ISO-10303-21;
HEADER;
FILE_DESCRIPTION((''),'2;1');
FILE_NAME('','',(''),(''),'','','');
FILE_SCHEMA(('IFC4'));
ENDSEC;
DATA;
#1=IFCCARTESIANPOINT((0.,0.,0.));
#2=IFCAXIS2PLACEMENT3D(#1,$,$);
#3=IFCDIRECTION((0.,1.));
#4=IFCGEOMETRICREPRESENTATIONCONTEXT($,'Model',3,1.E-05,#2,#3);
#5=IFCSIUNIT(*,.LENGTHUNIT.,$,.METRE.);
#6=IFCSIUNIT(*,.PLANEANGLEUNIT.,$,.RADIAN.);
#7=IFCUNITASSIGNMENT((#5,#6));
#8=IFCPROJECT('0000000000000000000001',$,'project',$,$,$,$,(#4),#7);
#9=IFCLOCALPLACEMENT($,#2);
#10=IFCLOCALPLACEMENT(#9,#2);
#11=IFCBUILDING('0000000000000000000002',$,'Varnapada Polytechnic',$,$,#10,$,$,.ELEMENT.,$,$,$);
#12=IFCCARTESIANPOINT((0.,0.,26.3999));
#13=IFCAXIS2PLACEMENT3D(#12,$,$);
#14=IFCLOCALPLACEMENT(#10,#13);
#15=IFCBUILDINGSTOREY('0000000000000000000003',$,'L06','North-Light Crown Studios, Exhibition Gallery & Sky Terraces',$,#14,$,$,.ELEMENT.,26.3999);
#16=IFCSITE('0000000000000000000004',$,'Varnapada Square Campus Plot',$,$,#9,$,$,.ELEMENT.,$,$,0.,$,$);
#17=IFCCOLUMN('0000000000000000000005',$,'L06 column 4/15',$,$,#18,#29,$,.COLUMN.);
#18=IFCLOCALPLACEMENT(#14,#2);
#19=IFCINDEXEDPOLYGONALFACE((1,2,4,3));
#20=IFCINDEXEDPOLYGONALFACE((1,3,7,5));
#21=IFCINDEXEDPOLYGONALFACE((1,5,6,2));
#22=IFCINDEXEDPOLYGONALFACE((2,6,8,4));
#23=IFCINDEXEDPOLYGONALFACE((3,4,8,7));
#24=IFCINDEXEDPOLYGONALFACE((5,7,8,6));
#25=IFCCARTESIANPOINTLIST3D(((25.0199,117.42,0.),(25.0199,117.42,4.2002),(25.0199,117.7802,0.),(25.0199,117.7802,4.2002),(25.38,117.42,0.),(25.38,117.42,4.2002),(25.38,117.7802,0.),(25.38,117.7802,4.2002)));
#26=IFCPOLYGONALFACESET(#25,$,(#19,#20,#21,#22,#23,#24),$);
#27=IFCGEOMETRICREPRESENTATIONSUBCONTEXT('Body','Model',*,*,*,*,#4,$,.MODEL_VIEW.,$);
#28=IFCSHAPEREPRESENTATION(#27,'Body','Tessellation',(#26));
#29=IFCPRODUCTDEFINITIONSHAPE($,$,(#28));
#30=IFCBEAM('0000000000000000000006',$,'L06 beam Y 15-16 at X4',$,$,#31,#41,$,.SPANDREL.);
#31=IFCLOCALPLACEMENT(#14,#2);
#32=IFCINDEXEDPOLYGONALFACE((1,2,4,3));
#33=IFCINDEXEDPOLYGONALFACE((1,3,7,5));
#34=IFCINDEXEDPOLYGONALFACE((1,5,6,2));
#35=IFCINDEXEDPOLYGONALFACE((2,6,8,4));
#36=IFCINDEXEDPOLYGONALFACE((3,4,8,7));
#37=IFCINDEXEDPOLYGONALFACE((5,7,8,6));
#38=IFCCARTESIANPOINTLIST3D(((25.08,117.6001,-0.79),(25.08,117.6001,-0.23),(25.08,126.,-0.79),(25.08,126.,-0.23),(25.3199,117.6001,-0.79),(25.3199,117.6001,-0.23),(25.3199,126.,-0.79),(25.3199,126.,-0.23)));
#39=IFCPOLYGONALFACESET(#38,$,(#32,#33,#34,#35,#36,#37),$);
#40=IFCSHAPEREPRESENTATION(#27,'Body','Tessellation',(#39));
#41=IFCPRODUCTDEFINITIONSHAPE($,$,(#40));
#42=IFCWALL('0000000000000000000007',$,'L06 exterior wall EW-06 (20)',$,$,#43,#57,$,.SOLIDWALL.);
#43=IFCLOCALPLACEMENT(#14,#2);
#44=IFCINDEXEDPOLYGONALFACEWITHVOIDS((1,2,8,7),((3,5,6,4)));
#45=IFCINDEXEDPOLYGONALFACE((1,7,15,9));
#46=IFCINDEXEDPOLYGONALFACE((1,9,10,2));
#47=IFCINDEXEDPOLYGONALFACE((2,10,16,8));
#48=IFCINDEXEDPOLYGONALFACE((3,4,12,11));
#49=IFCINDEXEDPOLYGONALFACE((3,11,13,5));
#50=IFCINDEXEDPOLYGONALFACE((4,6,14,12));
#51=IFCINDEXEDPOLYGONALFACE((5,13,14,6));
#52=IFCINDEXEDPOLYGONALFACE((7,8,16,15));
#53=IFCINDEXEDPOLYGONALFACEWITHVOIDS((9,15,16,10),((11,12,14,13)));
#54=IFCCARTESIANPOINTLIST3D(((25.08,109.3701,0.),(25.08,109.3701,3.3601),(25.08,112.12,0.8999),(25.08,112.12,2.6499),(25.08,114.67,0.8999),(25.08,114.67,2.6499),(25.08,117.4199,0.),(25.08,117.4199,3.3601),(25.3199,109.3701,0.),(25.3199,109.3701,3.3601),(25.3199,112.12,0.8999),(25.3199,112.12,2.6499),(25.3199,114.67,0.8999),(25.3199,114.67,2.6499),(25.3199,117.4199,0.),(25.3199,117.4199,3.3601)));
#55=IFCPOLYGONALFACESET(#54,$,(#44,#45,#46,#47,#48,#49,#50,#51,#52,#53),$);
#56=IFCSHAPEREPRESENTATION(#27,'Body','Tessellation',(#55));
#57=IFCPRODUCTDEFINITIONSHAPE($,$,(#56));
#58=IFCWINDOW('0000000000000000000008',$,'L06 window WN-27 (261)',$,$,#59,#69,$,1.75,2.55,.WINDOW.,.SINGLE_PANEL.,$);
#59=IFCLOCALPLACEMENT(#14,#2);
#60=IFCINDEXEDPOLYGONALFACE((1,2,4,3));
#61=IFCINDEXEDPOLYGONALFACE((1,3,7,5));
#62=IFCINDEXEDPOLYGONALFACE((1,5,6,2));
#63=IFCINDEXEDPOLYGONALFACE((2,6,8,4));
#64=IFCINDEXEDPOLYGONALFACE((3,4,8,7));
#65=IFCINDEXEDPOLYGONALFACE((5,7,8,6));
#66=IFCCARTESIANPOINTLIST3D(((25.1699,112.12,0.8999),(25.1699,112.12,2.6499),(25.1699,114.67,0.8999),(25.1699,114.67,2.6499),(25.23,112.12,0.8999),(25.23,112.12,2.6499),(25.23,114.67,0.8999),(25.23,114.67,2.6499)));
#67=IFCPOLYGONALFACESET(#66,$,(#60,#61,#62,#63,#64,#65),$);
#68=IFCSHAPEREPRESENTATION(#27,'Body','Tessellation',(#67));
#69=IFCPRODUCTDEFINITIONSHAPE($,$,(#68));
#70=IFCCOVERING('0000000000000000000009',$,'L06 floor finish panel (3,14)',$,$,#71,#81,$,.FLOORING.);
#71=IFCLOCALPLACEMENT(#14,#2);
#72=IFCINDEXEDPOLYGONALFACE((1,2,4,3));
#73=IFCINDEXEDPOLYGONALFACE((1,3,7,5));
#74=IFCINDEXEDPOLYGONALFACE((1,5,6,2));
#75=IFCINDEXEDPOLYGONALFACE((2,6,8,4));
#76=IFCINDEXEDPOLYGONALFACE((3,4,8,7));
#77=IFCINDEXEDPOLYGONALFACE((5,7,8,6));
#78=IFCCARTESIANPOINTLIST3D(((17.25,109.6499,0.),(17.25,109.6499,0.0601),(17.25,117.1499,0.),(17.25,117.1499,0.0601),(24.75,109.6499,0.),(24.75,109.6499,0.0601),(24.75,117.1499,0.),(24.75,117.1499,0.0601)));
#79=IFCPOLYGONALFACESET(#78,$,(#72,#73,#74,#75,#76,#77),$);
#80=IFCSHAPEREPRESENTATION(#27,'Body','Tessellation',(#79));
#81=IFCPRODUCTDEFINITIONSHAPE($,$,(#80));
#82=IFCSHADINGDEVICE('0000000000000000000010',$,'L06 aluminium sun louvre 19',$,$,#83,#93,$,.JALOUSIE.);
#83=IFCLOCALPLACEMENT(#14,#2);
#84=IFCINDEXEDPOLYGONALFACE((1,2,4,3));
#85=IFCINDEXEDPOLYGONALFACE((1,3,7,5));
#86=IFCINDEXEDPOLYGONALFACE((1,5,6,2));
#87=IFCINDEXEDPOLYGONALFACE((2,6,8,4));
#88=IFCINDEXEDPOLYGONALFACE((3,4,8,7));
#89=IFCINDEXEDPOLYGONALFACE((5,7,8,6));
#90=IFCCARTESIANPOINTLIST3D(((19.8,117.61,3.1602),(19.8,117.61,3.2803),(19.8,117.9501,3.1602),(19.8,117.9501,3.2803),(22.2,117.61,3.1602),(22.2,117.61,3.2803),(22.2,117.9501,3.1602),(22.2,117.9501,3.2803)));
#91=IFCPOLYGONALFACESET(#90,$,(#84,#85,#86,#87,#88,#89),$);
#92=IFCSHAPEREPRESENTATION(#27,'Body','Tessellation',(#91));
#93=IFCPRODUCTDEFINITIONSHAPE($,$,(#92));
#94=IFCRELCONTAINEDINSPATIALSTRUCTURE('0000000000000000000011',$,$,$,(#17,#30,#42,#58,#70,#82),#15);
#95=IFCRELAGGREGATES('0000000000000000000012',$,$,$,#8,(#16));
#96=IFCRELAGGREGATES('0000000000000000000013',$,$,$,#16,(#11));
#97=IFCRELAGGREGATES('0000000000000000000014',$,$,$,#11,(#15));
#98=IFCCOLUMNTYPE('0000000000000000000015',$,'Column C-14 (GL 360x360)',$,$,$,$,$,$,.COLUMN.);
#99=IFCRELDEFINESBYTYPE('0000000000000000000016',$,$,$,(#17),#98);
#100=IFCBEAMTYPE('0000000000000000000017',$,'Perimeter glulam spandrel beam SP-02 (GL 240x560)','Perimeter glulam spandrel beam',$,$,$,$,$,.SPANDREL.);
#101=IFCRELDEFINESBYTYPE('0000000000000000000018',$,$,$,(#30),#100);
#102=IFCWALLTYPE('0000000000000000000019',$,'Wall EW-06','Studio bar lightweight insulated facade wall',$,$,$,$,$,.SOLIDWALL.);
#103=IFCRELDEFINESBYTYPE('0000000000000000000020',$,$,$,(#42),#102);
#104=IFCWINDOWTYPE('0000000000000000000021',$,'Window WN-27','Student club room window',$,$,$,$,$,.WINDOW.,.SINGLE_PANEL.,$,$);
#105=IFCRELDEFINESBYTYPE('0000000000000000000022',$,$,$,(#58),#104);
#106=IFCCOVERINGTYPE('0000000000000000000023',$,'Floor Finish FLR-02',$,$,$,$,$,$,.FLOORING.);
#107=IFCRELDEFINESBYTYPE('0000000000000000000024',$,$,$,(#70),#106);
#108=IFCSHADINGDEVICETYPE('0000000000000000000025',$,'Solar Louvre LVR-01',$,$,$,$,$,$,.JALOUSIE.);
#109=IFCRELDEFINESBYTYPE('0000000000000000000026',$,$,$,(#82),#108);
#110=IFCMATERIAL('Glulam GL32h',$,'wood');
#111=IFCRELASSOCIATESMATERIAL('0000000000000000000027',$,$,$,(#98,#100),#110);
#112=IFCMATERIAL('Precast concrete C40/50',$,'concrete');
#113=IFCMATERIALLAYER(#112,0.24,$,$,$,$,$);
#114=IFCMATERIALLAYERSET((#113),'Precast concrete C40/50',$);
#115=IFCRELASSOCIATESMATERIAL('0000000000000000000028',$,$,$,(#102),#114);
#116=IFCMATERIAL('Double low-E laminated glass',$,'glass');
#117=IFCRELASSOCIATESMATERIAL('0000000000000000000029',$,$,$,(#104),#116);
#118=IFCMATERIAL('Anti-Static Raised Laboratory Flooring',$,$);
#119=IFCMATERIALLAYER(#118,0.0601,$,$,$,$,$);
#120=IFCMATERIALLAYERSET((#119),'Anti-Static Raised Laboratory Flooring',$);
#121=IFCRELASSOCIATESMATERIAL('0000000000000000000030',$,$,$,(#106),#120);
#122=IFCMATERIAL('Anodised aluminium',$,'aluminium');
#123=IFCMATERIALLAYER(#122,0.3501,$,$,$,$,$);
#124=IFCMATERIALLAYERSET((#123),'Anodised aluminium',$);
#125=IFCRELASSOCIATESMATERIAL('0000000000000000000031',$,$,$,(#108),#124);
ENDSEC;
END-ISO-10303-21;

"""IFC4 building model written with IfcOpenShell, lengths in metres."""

from ifc_helpers import new_model, si_unit, direction, frame, frame_2d, origin, origin_2d, place, context, subcontext, project, spatial, rectangle, extrude, material, layer, layer_set, material_profile, profile_set, type_object, element, fill, save


model = new_model("IFC4")

# Units and contexts
model_context = context("Model", 3, precision=1e-05, world=origin(), true_north=direction((0.0, 1.0)))
body_context = subcontext(model_context, "Body", "Model", "MODEL_VIEW")
ifc_project = project(units=[si_unit("LENGTHUNIT", "METRE"), si_unit("PLANEANGLEUNIT", "RADIAN")], contexts=[model_context])

# Site, building, storey
site_placement = place(None, origin())
site = spatial("IfcSite", under=ifc_project, at=site_placement, Name="Varnapada Square Campus Plot", CompositionType="ELEMENT", RefElevation=0.0)
building_placement = place(site_placement, origin())
building = spatial("IfcBuilding", under=site, at=building_placement, Name="Varnapada Polytechnic", CompositionType="ELEMENT")
storey_placement = place(building_placement, frame((0.0, 0.0, 26.3999)))
storey = spatial("IfcBuildingStorey", under=building, at=storey_placement, Name="L06", Description="North-Light Crown Studios, Exhibition Gallery & Sky Terraces", CompositionType="ELEMENT", Elevation=26.3999)

# Column
ifc_material_1 = material(Name="Glulam GL32h", Category="wood")
ifc_material_profile_1 = material_profile(ifc_material_1, rectangle(XDim=0.3601, YDim=0.3601, at=origin_2d()), Name="GL 360x360")
ifc_profile_set_1 = profile_set([ifc_material_profile_1], Name="Glulam GL32h")
column_type = type_object("IfcColumnType", Name="Column C-14 (GL 360x360)", PredefinedType="COLUMN", material=ifc_profile_set_1)
column_placement = place(storey_placement, frame((25.2, 117.6001, 0.0), z_axis=(0.0, 0.0, 1.0), x_axis=(1.0, 0.0, 0.0)))
element("IfcColumn", 1, at=column_placement, inside=storey, type_object=column_type, Name="L06 column 4/15", PredefinedType="COLUMN", context=body_context, shape_type="SweptSolid", body=[
    extrude(rectangle(XDim=0.3601, YDim=0.3601, at=origin_2d()), origin(), (0.0, 0.0, 1.0), 4.2002),
])

# Beam
ifc_material_profile_2 = material_profile(ifc_material_1, rectangle(XDim=0.24, YDim=0.5601, at=origin_2d()), Name="GL 240x560")
ifc_profile_set_2 = profile_set([ifc_material_profile_2], Name="Glulam GL32h")
beam_type = type_object("IfcBeamType", Name="Perimeter glulam spandrel beam SP-02 (GL 240x560)", Description="Perimeter glulam spandrel beam", PredefinedType="SPANDREL", material=ifc_profile_set_2)
beam_placement = place(storey_placement, frame((25.2, 117.6001, -0.51), z_axis=(0.0, 1.0, 0.0), x_axis=(-1.0, 0.0, 0.0)))
element("IfcBeam", 2, at=beam_placement, inside=storey, type_object=beam_type, Name="L06 beam Y 15-16 at X4", PredefinedType="SPANDREL", context=body_context, shape_type="SweptSolid", body=[
    extrude(rectangle(XDim=0.24, YDim=0.5601, at=origin_2d()), origin(), (0.0, 0.0, 1.0), 8.3999),
])

# Wall, opening, window
ifc_material_2 = material(Name="Precast concrete C40/50", Category="concrete")
ifc_layer_1 = layer(ifc_material_2, 0.24)
ifc_layer_set_1 = layer_set([ifc_layer_1], Name="Precast concrete C40/50")
wall_type = type_object("IfcWallType", Name="Wall EW-06", Description="Studio bar lightweight insulated facade wall", PredefinedType="SOLIDWALL", material=ifc_layer_set_1)
wall_placement = place(storey_placement, frame((25.2, 117.4199, 0.0), z_axis=(0.0, 0.0, 1.0), x_axis=(0.0, -1.0, 0.0)))
wall = element("IfcWall", 3, at=wall_placement, inside=storey, type_object=wall_type, Name="L06 exterior wall EW-06 (20)", PredefinedType="SOLIDWALL", context=body_context, shape_type="SweptSolid", body=[
    extrude(rectangle(XDim=8.0498, YDim=0.24, at=frame_2d((4.0249, 0.0))), origin(), (0.0, 0.0, 1.0), 3.3601),
])
opening_1_placement = place(wall_placement, frame((2.75, 0.0, 0.8999)))
opening_1 = element("IfcOpeningElement", 4, at=opening_1_placement, cuts=wall, PredefinedType="OPENING", context=body_context, shape_type="SweptSolid", body=[
    extrude(rectangle(XDim=2.55, YDim=1.75, at=frame_2d((1.2749, 0.875))), frame((0.0, 0.1299, 0.0), z_axis=(0.0, -1.0, 0.0), x_axis=(1.0, 0.0, 0.0)), (0.0, 0.0, 1.0), 0.26),
])
ifc_material_3 = material(Name="Double low-E laminated glass", Category="glass")
window_type = type_object("IfcWindowType", Name="Window WN-27", Description="Student club room window", PartitioningType="SINGLE_PANEL", PredefinedType="WINDOW", material=ifc_material_3)
window_placement = place(opening_1_placement, origin())
window = element("IfcWindow", 5, at=window_placement, inside=storey, type_object=window_type, Name="L06 window WN-27 (261)", OverallHeight=1.75, OverallWidth=2.55, PartitioningType="SINGLE_PANEL", PredefinedType="WINDOW", context=body_context, shape_type="SweptSolid", body=[
    extrude(rectangle(XDim=2.55, YDim=1.75, at=frame_2d((1.2749, 0.875))), frame((0.0, 0.03, 0.0), z_axis=(0.0, -1.0, 0.0), x_axis=(1.0, 0.0, 0.0)), (0.0, 0.0, 1.0), 0.0601),
])
fill(opening_1, window)

# Covering
ifc_material_4 = material(Name="Anti-Static Raised Laboratory Flooring")
ifc_layer_2 = layer(ifc_material_4, 0.0601)
ifc_layer_set_2 = layer_set([ifc_layer_2], Name="Anti-Static Raised Laboratory Flooring")
covering_type_1 = type_object("IfcCoveringType", Name="Floor Finish FLR-02", PredefinedType="FLOORING", material=ifc_layer_set_2)
covering_1_placement = place(storey_placement, frame((21.0, 113.3999, 0.0), z_axis=(0.0, 0.0, 1.0), x_axis=(1.0, 0.0, 0.0)))
element("IfcCovering", 6, at=covering_1_placement, inside=storey, type_object=covering_type_1, Name="L06 floor finish panel (3,14)", PredefinedType="FLOORING", context=body_context, shape_type="SweptSolid", body=[
    extrude(rectangle(XDim=7.5, YDim=7.5, at=origin_2d()), origin(), (0.0, 0.0, 1.0), 0.0601),
])

# Shading device
ifc_material_5 = material(Name="Anodised aluminium", Category="aluminium")
ifc_layer_3 = layer(ifc_material_5, 0.3501)
ifc_layer_set_3 = layer_set([ifc_layer_3], Name="Anodised aluminium")
shading_device_type_1 = type_object("IfcShadingDeviceType", Name="Solar Louvre LVR-01", PredefinedType="JALOUSIE", material=ifc_layer_set_3)
shading_device_1_placement = place(storey_placement, frame((21.0, 117.78, 3.1602), z_axis=(0.0, 0.0, 1.0), x_axis=(1.0, 0.0, 0.0)))
element("IfcShadingDevice", 7, at=shading_device_1_placement, inside=storey, type_object=shading_device_type_1, Name="L06 aluminium sun louvre 19", PredefinedType="JALOUSIE", context=body_context, shape_type="SweptSolid", body=[
    extrude(rectangle(XDim=2.3999, YDim=0.3401, at=origin_2d()), origin(), (0.0, 0.0, 1.0), 0.1201),
])

save(model, "model.ifc")
